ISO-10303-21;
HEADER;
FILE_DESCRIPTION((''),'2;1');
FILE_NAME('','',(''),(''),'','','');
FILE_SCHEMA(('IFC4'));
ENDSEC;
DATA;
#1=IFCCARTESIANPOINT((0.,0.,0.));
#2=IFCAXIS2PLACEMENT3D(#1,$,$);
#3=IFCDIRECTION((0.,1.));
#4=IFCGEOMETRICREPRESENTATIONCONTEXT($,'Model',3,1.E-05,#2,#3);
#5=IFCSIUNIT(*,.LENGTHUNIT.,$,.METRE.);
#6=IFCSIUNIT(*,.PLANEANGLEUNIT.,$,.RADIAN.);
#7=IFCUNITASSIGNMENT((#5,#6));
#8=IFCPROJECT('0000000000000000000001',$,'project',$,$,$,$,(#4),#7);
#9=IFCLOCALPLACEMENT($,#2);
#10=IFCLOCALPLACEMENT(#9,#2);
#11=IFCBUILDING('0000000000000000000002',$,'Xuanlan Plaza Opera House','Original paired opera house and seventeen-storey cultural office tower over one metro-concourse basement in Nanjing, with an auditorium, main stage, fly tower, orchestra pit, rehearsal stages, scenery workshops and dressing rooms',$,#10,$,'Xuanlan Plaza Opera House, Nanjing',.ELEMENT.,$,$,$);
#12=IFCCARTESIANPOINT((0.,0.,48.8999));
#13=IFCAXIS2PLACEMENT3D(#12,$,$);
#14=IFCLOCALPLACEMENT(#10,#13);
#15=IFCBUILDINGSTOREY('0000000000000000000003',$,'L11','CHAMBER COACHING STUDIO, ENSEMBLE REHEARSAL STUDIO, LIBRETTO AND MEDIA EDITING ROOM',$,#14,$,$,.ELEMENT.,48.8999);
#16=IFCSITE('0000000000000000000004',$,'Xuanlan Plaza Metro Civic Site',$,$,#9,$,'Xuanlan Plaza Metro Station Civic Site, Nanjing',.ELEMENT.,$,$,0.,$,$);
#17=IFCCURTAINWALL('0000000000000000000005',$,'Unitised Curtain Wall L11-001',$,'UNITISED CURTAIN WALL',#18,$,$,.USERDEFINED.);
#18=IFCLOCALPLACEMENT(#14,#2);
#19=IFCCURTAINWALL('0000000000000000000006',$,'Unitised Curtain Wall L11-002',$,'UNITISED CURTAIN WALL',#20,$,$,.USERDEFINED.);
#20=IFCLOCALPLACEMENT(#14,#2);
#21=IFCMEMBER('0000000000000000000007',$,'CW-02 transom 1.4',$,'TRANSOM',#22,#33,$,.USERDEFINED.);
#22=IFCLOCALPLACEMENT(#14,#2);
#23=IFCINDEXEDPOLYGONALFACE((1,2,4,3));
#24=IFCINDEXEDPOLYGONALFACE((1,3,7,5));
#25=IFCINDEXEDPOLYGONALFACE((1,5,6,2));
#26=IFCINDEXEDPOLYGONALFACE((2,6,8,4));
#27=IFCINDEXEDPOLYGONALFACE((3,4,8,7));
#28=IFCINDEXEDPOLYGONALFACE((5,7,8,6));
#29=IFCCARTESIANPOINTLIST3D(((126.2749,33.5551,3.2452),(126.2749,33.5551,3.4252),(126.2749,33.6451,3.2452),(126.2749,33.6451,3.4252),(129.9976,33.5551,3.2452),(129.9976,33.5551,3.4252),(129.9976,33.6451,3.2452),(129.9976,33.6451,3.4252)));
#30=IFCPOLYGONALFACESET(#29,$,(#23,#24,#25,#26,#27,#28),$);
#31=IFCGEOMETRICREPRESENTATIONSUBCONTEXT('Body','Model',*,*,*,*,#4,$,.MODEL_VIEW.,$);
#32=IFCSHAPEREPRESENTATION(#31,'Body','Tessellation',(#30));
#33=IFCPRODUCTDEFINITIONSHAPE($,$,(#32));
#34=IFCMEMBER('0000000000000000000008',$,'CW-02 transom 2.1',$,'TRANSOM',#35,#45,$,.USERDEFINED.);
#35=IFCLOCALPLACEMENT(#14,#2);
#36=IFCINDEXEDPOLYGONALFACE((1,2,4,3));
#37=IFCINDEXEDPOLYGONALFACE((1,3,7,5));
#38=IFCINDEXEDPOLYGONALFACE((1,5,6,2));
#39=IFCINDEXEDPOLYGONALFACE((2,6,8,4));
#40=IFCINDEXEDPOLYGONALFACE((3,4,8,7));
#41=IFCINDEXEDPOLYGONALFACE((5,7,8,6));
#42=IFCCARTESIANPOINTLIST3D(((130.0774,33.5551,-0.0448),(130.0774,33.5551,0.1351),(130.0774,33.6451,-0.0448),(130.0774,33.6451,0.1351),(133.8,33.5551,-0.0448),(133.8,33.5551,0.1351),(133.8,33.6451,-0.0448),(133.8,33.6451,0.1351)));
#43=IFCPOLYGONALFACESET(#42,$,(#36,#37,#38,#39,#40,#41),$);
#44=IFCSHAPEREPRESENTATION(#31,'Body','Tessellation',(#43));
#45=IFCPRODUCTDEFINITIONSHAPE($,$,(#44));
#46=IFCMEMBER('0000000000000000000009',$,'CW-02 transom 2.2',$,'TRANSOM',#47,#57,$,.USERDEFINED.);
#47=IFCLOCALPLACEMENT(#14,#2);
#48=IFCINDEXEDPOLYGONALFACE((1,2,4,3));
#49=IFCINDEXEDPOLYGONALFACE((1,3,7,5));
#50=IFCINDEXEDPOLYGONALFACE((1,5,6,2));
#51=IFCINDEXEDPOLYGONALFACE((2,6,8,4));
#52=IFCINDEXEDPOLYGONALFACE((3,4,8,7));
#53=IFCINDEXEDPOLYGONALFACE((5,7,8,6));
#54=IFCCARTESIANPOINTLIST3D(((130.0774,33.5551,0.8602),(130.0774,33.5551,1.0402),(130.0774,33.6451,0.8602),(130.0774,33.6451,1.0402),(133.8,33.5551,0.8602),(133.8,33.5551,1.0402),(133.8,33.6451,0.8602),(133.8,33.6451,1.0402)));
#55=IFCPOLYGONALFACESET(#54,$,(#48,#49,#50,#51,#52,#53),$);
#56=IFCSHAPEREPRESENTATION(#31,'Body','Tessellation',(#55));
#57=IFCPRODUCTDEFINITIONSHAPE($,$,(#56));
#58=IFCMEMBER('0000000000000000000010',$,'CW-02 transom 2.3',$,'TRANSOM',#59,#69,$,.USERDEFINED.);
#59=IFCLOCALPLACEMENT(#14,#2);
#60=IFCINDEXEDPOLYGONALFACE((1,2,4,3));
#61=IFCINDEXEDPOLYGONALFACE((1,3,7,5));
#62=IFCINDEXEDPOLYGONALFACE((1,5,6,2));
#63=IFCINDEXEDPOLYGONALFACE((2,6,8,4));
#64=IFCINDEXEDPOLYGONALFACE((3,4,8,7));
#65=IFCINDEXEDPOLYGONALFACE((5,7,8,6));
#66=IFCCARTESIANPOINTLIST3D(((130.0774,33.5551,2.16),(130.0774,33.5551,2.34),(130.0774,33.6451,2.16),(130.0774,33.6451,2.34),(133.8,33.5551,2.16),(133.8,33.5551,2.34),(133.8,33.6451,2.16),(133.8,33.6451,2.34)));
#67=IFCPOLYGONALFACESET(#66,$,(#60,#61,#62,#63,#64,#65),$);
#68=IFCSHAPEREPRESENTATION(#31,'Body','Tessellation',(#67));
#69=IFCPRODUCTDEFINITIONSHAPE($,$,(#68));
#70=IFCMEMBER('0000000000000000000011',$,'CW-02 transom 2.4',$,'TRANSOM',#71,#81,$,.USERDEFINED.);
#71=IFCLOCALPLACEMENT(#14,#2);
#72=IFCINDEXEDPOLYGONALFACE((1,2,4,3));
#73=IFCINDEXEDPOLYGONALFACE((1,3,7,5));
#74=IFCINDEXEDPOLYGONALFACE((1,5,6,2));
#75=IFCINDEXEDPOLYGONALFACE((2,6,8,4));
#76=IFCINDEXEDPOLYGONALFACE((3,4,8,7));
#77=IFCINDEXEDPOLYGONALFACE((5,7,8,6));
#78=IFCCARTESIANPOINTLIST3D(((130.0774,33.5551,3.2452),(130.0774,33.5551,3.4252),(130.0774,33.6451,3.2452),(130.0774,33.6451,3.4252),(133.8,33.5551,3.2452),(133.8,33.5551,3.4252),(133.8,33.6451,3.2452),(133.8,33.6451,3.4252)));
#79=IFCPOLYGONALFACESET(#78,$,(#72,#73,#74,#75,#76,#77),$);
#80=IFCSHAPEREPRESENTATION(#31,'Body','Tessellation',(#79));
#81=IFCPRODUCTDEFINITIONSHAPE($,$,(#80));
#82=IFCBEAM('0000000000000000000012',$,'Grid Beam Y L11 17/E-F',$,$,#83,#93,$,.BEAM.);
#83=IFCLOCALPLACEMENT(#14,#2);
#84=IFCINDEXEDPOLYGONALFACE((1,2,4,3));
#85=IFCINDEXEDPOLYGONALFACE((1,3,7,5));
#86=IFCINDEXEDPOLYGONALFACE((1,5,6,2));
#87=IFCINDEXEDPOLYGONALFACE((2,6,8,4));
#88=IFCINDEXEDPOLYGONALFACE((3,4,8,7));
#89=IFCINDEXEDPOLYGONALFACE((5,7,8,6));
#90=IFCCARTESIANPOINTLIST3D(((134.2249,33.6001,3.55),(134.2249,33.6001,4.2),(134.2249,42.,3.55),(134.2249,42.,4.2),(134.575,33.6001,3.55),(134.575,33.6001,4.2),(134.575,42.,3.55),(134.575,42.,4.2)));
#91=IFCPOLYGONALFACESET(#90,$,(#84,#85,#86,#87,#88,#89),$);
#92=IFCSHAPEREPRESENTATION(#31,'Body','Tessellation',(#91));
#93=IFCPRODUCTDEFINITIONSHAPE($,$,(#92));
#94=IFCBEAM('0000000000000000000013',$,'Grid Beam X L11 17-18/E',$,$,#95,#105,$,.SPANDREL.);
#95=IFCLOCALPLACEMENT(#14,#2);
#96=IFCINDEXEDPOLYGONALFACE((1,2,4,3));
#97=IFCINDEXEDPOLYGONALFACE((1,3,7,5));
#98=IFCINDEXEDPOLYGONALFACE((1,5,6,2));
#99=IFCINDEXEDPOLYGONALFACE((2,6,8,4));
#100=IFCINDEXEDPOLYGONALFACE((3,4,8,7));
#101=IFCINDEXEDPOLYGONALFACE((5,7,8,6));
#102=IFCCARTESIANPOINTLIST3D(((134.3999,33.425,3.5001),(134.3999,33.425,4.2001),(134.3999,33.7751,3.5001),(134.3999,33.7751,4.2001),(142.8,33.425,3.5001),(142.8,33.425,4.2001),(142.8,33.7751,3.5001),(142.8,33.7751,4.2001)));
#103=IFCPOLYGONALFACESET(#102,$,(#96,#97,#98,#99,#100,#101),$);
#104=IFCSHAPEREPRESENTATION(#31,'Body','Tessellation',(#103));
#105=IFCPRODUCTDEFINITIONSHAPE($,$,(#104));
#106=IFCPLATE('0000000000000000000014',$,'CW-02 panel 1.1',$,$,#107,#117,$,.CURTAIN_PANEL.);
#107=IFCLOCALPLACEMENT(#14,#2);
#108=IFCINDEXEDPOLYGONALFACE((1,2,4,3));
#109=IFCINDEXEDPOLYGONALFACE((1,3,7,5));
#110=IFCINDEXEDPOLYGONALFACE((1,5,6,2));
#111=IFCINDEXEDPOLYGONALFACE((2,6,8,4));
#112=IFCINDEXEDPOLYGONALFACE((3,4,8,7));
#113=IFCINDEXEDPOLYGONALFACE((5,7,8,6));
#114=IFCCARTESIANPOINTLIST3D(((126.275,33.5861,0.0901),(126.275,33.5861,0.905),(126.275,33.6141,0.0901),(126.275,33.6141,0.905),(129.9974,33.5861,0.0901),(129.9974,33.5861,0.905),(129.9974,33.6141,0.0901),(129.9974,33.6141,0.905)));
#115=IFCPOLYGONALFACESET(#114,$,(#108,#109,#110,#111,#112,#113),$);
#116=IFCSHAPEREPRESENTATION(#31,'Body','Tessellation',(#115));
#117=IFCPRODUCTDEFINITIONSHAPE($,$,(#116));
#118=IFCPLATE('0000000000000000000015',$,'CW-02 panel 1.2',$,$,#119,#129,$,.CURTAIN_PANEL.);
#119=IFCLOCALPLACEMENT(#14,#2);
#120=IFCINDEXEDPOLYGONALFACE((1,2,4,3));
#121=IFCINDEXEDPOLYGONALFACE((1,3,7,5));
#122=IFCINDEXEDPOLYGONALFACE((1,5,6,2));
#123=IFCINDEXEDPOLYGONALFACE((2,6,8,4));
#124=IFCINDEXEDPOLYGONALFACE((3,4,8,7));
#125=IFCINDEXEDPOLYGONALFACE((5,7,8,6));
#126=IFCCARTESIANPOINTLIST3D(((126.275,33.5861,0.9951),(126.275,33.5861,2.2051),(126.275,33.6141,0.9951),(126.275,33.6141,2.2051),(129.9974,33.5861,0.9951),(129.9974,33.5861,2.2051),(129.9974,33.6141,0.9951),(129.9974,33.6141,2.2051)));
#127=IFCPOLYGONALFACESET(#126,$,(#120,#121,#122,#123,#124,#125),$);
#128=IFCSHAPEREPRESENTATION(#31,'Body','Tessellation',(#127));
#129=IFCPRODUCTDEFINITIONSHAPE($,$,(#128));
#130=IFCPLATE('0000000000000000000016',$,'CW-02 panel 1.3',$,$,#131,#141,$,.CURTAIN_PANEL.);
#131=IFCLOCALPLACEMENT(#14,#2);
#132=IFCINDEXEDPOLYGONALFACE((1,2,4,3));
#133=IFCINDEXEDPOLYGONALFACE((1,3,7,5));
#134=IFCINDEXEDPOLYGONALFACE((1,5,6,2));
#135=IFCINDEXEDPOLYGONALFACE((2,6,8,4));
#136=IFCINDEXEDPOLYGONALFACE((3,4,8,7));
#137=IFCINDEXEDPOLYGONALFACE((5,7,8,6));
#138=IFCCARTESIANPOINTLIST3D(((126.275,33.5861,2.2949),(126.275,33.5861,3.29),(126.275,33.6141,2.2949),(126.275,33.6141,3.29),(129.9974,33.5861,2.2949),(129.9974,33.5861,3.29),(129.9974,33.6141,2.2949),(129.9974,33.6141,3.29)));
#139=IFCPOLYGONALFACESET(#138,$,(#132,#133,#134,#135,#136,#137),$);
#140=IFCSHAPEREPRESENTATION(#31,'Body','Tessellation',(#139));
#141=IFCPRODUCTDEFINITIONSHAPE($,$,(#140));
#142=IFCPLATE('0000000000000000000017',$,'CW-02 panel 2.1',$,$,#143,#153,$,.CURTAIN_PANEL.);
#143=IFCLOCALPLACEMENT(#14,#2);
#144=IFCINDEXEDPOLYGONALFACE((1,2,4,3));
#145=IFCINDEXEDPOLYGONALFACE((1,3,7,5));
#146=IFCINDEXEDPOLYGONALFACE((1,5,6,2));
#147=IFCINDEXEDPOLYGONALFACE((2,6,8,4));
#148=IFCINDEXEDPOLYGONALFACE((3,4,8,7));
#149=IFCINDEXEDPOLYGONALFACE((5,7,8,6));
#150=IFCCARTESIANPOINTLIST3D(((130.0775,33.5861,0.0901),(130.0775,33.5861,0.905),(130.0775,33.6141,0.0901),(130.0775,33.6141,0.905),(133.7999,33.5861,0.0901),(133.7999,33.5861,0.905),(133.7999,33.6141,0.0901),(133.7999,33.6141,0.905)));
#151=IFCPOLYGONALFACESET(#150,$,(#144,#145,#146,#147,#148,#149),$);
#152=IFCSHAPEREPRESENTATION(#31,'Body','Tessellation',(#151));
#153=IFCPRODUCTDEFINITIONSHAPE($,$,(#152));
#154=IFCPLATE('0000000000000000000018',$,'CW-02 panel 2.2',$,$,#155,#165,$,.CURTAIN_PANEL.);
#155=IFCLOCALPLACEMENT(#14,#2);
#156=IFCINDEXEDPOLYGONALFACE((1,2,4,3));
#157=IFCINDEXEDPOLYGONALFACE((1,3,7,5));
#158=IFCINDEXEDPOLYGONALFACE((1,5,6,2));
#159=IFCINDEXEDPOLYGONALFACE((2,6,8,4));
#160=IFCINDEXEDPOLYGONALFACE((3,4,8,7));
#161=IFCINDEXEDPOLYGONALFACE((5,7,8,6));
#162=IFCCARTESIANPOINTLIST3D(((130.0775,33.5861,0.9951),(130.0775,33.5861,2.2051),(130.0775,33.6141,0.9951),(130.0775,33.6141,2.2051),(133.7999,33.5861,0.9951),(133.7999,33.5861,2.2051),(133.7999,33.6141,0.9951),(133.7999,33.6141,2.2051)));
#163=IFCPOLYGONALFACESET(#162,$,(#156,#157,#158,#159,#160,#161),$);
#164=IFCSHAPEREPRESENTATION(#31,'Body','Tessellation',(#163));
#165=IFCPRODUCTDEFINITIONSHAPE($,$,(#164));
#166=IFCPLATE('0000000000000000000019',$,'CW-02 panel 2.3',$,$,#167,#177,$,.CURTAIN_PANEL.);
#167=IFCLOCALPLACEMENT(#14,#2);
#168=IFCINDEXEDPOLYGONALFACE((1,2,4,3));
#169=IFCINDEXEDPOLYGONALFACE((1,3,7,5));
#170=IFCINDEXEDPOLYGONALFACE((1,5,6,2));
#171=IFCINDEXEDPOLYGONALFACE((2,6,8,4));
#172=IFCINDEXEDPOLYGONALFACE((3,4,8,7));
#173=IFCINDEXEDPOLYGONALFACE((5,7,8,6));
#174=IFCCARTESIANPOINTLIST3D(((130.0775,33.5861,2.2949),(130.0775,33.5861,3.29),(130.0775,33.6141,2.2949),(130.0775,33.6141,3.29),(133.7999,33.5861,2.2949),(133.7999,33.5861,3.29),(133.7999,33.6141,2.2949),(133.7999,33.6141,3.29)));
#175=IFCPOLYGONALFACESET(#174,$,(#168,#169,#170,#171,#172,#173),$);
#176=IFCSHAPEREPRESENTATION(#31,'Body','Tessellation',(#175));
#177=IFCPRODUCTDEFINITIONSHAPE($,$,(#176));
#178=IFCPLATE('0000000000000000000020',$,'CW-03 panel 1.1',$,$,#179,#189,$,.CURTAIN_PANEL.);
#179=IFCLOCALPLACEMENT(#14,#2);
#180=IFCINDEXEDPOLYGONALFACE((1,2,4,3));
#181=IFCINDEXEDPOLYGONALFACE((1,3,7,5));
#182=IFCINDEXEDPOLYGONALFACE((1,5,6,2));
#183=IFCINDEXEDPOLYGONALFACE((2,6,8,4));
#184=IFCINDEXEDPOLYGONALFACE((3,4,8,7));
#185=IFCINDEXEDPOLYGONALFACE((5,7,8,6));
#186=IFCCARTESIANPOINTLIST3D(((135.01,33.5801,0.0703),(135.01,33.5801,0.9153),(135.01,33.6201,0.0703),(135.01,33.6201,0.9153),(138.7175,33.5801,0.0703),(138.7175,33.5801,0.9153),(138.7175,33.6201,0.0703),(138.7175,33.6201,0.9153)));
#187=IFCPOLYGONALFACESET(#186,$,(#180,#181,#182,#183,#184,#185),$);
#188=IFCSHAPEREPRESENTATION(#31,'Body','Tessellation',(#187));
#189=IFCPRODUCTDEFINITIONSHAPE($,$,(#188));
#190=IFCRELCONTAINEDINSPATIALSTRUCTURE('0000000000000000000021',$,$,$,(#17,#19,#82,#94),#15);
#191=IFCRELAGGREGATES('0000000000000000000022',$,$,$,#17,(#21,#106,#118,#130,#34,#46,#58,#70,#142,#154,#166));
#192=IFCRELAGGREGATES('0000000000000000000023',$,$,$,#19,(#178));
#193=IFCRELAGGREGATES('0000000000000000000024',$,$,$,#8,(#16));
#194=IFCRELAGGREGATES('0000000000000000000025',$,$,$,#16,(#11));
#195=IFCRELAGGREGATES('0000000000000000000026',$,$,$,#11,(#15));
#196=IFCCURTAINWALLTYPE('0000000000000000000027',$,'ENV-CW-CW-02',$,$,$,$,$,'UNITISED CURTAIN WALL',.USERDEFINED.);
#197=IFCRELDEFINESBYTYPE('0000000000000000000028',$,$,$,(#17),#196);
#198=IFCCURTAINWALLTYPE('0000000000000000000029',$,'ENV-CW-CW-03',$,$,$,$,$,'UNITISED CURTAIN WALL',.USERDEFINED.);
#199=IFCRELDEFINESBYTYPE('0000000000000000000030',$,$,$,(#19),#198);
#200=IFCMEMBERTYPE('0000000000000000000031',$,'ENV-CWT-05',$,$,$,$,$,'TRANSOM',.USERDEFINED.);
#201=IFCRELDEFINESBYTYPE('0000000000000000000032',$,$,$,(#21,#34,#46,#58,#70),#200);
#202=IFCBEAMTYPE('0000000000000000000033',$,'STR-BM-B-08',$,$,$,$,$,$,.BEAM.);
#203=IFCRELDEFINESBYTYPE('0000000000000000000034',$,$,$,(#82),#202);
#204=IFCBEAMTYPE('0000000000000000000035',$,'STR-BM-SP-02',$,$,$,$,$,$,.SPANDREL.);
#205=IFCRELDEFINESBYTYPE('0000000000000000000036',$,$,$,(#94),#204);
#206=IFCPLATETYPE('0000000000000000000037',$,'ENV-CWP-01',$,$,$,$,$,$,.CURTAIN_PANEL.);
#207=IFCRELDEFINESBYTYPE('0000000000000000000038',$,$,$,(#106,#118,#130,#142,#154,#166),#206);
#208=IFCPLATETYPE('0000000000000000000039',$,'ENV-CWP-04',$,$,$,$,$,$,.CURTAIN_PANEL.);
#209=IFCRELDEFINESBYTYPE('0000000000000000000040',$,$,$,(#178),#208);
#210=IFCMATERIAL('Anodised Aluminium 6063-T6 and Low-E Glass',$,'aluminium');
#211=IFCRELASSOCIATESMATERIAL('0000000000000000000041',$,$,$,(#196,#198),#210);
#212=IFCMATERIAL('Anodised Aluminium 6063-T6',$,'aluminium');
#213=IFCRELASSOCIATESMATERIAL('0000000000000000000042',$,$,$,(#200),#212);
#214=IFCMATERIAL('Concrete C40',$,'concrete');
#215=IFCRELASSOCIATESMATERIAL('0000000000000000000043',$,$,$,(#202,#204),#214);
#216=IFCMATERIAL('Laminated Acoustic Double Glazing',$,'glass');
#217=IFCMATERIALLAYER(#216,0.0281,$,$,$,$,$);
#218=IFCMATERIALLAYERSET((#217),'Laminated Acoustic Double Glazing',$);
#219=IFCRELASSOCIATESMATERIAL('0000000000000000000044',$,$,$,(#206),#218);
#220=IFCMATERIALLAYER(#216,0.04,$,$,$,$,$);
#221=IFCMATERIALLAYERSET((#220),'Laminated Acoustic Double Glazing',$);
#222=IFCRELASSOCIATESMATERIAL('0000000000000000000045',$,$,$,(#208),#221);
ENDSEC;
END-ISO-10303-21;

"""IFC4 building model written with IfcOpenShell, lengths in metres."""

from ifc_helpers import new_model, si_unit, direction, frame, origin, origin_2d, place, context, subcontext, project, spatial, rectangle, extrude, material, layer, layer_set, material_profile, profile_set, type_object, element, aggregate, save


model = new_model("IFC4")

# Units and contexts
model_context = context("Model", 3, precision=1e-05, world=origin(), true_north=direction((0.0, 1.0)))
body_context = subcontext(model_context, "Body", "Model", "MODEL_VIEW")
ifc_project = project(units=[si_unit("LENGTHUNIT", "METRE"), si_unit("PLANEANGLEUNIT", "RADIAN")], contexts=[model_context])

# Site, building, storey
site_placement = place(None, origin())
site = spatial("IfcSite", under=ifc_project, at=site_placement, Name="Xuanlan Plaza Metro Civic Site", LongName="Xuanlan Plaza Metro Station Civic Site, Nanjing", CompositionType="ELEMENT", RefElevation=0.0)
building_placement = place(site_placement, origin())
building = spatial("IfcBuilding", under=site, at=building_placement, Name="Xuanlan Plaza Opera House", Description="Original paired opera house and seventeen-storey cultural office tower over one metro-concourse basement in Nanjing, with an auditorium, main stage, fly tower, orchestra pit, rehearsal stages, scenery workshops and dressing rooms", LongName="Xuanlan Plaza Opera House, Nanjing", CompositionType="ELEMENT")
storey_placement = place(building_placement, frame((0.0, 0.0, 48.8999)))
storey = spatial("IfcBuildingStorey", under=building, at=storey_placement, Name="L11", Description="CHAMBER COACHING STUDIO, ENSEMBLE REHEARSAL STUDIO, LIBRETTO AND MEDIA EDITING ROOM", CompositionType="ELEMENT", Elevation=48.8999)

# Curtain walls
ifc_material_1 = material(Name="Anodised Aluminium 6063-T6 and Low-E Glass", Category="aluminium")
curtain_wall_type_1 = type_object("IfcCurtainWallType", Name="ENV-CW-CW-02", ElementType="UNITISED CURTAIN WALL", PredefinedType="USERDEFINED", material=ifc_material_1)
curtain_wall_1_placement = place(storey_placement, origin())
curtain_wall_1 = element("IfcCurtainWall", 1, at=curtain_wall_1_placement, inside=storey, type_object=curtain_wall_type_1, Name="Unitised Curtain Wall L11-001", ObjectType="UNITISED CURTAIN WALL", PredefinedType="USERDEFINED")
ifc_material_2 = material(Name="Anodised Aluminium 6063-T6", Category="aluminium")
curtain_wall_type_2 = type_object("IfcCurtainWallType", Name="ENV-CW-CW-03", ElementType="UNITISED CURTAIN WALL", PredefinedType="USERDEFINED", material=ifc_material_1)
curtain_wall_2_placement = place(storey_placement, origin())
curtain_wall_2 = element("IfcCurtainWall", 2, at=curtain_wall_2_placement, inside=storey, type_object=curtain_wall_type_2, Name="Unitised Curtain Wall L11-002", ObjectType="UNITISED CURTAIN WALL", PredefinedType="USERDEFINED")

# Members
ifc_material_profile_1 = material_profile(ifc_material_2, rectangle(XDim=0.0901, YDim=0.1799, at=origin_2d()), Name="ALU-T 90x180")
ifc_profile_set_1 = profile_set([ifc_material_profile_1], Name="Anodised Aluminium 6063-T6")
member_type_1 = type_object("IfcMemberType", Name="ENV-CWT-05", ElementType="TRANSOM", PredefinedType="USERDEFINED", material=ifc_profile_set_1)
member_1_placement = place(storey_placement, frame((126.2749, 33.6001, 3.3352), z_axis=(1.0, 0.0, 0.0), x_axis=(0.0, 1.0, 0.0)))
member_1 = element("IfcMember", 3, at=member_1_placement, type_object=member_type_1, Name="CW-02 transom 1.4", ObjectType="TRANSOM", PredefinedType="USERDEFINED", context=body_context, shape_type="SweptSolid", body=[
    extrude(rectangle(XDim=0.0901, YDim=0.1799, at=origin_2d()), origin(), (0.0, 0.0, 1.0), 3.7227),
])
member_2_placement = place(storey_placement, frame((130.0774, 33.6001, 0.0452), z_axis=(1.0, 0.0, 0.0), x_axis=(0.0, 1.0, 0.0)))
member_2 = element("IfcMember", 4, at=member_2_placement, type_object=member_type_1, Name="CW-02 transom 2.1", ObjectType="TRANSOM", PredefinedType="USERDEFINED", context=body_context, shape_type="SweptSolid", body=[
    extrude(rectangle(XDim=0.0901, YDim=0.1799, at=origin_2d()), origin(), (0.0, 0.0, 1.0), 3.7227),
])
member_3_placement = place(storey_placement, frame((130.0774, 33.6001, 0.9502), z_axis=(1.0, 0.0, 0.0), x_axis=(0.0, 1.0, 0.0)))
member_3 = element("IfcMember", 5, at=member_3_placement, type_object=member_type_1, Name="CW-02 transom 2.2", ObjectType="TRANSOM", PredefinedType="USERDEFINED", context=body_context, shape_type="SweptSolid", body=[
    extrude(rectangle(XDim=0.0901, YDim=0.1799, at=origin_2d()), origin(), (0.0, 0.0, 1.0), 3.7227),
])
member_4_placement = place(storey_placement, frame((130.0774, 33.6001, 2.25), z_axis=(1.0, 0.0, 0.0), x_axis=(0.0, 1.0, 0.0)))
member_4 = element("IfcMember", 6, at=member_4_placement, type_object=member_type_1, Name="CW-02 transom 2.3", ObjectType="TRANSOM", PredefinedType="USERDEFINED", context=body_context, shape_type="SweptSolid", body=[
    extrude(rectangle(XDim=0.0901, YDim=0.1799, at=origin_2d()), origin(), (0.0, 0.0, 1.0), 3.7227),
])
member_5_placement = place(storey_placement, frame((130.0774, 33.6001, 3.3352), z_axis=(1.0, 0.0, 0.0), x_axis=(0.0, 1.0, 0.0)))
member_5 = element("IfcMember", 7, at=member_5_placement, type_object=member_type_1, Name="CW-02 transom 2.4", ObjectType="TRANSOM", PredefinedType="USERDEFINED", context=body_context, shape_type="SweptSolid", body=[
    extrude(rectangle(XDim=0.0901, YDim=0.1799, at=origin_2d()), origin(), (0.0, 0.0, 1.0), 3.7227),
])

# Beams
ifc_material_3 = material(Name="Concrete C40", Category="concrete")
ifc_material_profile_2 = material_profile(ifc_material_3, rectangle(XDim=0.3501, YDim=0.6499, at=origin_2d()), Name="RC-BM 350x650")
ifc_profile_set_2 = profile_set([ifc_material_profile_2], Name="Concrete C40")
beam_type_1 = type_object("IfcBeamType", Name="STR-BM-B-08", PredefinedType="BEAM", material=ifc_profile_set_2)
beam_1_placement = place(storey_placement, frame((134.3999, 33.6001, 3.875), z_axis=(0.0, 1.0, 0.0), x_axis=(-1.0, 0.0, 0.0)))
element("IfcBeam", 8, at=beam_1_placement, inside=storey, type_object=beam_type_1, Name="Grid Beam Y L11 17/E-F", PredefinedType="BEAM", context=body_context, shape_type="SweptSolid", body=[
    extrude(rectangle(XDim=0.3501, YDim=0.6499, at=origin_2d()), origin(), (0.0, 0.0, 1.0), 8.3999),
])
ifc_material_profile_3 = material_profile(ifc_material_3, rectangle(XDim=0.3501, YDim=0.7, at=origin_2d()), Name="RC-SPD 350x700")
ifc_profile_set_3 = profile_set([ifc_material_profile_3], Name="Concrete C40")
beam_type_2 = type_object("IfcBeamType", Name="STR-BM-SP-02", PredefinedType="SPANDREL", material=ifc_profile_set_3)
beam_2_placement = place(storey_placement, frame((134.3999, 33.6001, 3.8501), z_axis=(1.0, 0.0, 0.0), x_axis=(0.0, 1.0, 0.0)))
element("IfcBeam", 9, at=beam_2_placement, inside=storey, type_object=beam_type_2, Name="Grid Beam X L11 17-18/E", PredefinedType="SPANDREL", context=body_context, shape_type="SweptSolid", body=[
    extrude(rectangle(XDim=0.3501, YDim=0.7, at=origin_2d()), origin(), (0.0, 0.0, 1.0), 8.4001),
])

# Plates
ifc_material_4 = material(Name="Laminated Acoustic Double Glazing", Category="glass")
ifc_layer_1 = layer(ifc_material_4, 0.0281)
ifc_layer_set_1 = layer_set([ifc_layer_1], Name="Laminated Acoustic Double Glazing")
plate_type_1 = type_object("IfcPlateType", Name="ENV-CWP-01", PredefinedType="CURTAIN_PANEL", material=ifc_layer_set_1)
plate_1_placement = place(storey_placement, frame((128.1362, 33.6001, 0.0901), z_axis=(0.0, 0.0, 1.0), x_axis=(1.0, 0.0, 0.0)))
plate_1 = element("IfcPlate", 10, at=plate_1_placement, type_object=plate_type_1, Name="CW-02 panel 1.1", PredefinedType="CURTAIN_PANEL", context=body_context, shape_type="SweptSolid", body=[
    extrude(rectangle(XDim=3.7224, YDim=0.0281, at=origin_2d()), origin(), (0.0, 0.0, 1.0), 0.8149),
])
plate_2_placement = place(storey_placement, frame((128.1362, 33.6001, 0.9951), z_axis=(0.0, 0.0, 1.0), x_axis=(1.0, 0.0, 0.0)))
plate_2 = element("IfcPlate", 11, at=plate_2_placement, type_object=plate_type_1, Name="CW-02 panel 1.2", PredefinedType="CURTAIN_PANEL", context=body_context, shape_type="SweptSolid", body=[
    extrude(rectangle(XDim=3.7224, YDim=0.0281, at=origin_2d()), origin(), (0.0, 0.0, 1.0), 1.21),
])
plate_3_placement = place(storey_placement, frame((128.1362, 33.6001, 2.2949), z_axis=(0.0, 0.0, 1.0), x_axis=(1.0, 0.0, 0.0)))
plate_3 = element("IfcPlate", 12, at=plate_3_placement, type_object=plate_type_1, Name="CW-02 panel 1.3", PredefinedType="CURTAIN_PANEL", context=body_context, shape_type="SweptSolid", body=[
    extrude(rectangle(XDim=3.7224, YDim=0.0281, at=origin_2d()), origin(), (0.0, 0.0, 1.0), 0.9951),
])
plate_4_placement = place(storey_placement, frame((131.9387, 33.6001, 0.0901), z_axis=(0.0, 0.0, 1.0), x_axis=(1.0, 0.0, 0.0)))
plate_4 = element("IfcPlate", 13, at=plate_4_placement, type_object=plate_type_1, Name="CW-02 panel 2.1", PredefinedType="CURTAIN_PANEL", context=body_context, shape_type="SweptSolid", body=[
    extrude(rectangle(XDim=3.7224, YDim=0.0281, at=origin_2d()), origin(), (0.0, 0.0, 1.0), 0.8149),
])
plate_5_placement = place(storey_placement, frame((131.9387, 33.6001, 0.9951), z_axis=(0.0, 0.0, 1.0), x_axis=(1.0, 0.0, 0.0)))
plate_5 = element("IfcPlate", 14, at=plate_5_placement, type_object=plate_type_1, Name="CW-02 panel 2.2", PredefinedType="CURTAIN_PANEL", context=body_context, shape_type="SweptSolid", body=[
    extrude(rectangle(XDim=3.7224, YDim=0.0281, at=origin_2d()), origin(), (0.0, 0.0, 1.0), 1.21),
])
plate_6_placement = place(storey_placement, frame((131.9387, 33.6001, 2.2949), z_axis=(0.0, 0.0, 1.0), x_axis=(1.0, 0.0, 0.0)))
plate_6 = element("IfcPlate", 15, at=plate_6_placement, type_object=plate_type_1, Name="CW-02 panel 2.3", PredefinedType="CURTAIN_PANEL", context=body_context, shape_type="SweptSolid", body=[
    extrude(rectangle(XDim=3.7224, YDim=0.0281, at=origin_2d()), origin(), (0.0, 0.0, 1.0), 0.9951),
])
aggregate(curtain_wall_1, [member_1, plate_1, plate_2, plate_3, member_2, member_3, member_4, member_5, plate_4, plate_5, plate_6])
ifc_layer_2 = layer(ifc_material_4, 0.04)
ifc_layer_set_2 = layer_set([ifc_layer_2], Name="Laminated Acoustic Double Glazing")
plate_type_2 = type_object("IfcPlateType", Name="ENV-CWP-04", PredefinedType="CURTAIN_PANEL", material=ifc_layer_set_2)
plate_7_placement = place(storey_placement, frame((136.8638, 33.6001, 0.0703), z_axis=(0.0, 0.0, 1.0), x_axis=(1.0, 0.0, 0.0)))
plate_7 = element("IfcPlate", 16, at=plate_7_placement, type_object=plate_type_2, Name="CW-03 panel 1.1", PredefinedType="CURTAIN_PANEL", context=body_context, shape_type="SweptSolid", body=[
    extrude(rectangle(XDim=3.7075, YDim=0.04, at=origin_2d()), origin(), (0.0, 0.0, 1.0), 0.845),
])
aggregate(curtain_wall_2, [plate_7])

save(model, "model.ifc")
